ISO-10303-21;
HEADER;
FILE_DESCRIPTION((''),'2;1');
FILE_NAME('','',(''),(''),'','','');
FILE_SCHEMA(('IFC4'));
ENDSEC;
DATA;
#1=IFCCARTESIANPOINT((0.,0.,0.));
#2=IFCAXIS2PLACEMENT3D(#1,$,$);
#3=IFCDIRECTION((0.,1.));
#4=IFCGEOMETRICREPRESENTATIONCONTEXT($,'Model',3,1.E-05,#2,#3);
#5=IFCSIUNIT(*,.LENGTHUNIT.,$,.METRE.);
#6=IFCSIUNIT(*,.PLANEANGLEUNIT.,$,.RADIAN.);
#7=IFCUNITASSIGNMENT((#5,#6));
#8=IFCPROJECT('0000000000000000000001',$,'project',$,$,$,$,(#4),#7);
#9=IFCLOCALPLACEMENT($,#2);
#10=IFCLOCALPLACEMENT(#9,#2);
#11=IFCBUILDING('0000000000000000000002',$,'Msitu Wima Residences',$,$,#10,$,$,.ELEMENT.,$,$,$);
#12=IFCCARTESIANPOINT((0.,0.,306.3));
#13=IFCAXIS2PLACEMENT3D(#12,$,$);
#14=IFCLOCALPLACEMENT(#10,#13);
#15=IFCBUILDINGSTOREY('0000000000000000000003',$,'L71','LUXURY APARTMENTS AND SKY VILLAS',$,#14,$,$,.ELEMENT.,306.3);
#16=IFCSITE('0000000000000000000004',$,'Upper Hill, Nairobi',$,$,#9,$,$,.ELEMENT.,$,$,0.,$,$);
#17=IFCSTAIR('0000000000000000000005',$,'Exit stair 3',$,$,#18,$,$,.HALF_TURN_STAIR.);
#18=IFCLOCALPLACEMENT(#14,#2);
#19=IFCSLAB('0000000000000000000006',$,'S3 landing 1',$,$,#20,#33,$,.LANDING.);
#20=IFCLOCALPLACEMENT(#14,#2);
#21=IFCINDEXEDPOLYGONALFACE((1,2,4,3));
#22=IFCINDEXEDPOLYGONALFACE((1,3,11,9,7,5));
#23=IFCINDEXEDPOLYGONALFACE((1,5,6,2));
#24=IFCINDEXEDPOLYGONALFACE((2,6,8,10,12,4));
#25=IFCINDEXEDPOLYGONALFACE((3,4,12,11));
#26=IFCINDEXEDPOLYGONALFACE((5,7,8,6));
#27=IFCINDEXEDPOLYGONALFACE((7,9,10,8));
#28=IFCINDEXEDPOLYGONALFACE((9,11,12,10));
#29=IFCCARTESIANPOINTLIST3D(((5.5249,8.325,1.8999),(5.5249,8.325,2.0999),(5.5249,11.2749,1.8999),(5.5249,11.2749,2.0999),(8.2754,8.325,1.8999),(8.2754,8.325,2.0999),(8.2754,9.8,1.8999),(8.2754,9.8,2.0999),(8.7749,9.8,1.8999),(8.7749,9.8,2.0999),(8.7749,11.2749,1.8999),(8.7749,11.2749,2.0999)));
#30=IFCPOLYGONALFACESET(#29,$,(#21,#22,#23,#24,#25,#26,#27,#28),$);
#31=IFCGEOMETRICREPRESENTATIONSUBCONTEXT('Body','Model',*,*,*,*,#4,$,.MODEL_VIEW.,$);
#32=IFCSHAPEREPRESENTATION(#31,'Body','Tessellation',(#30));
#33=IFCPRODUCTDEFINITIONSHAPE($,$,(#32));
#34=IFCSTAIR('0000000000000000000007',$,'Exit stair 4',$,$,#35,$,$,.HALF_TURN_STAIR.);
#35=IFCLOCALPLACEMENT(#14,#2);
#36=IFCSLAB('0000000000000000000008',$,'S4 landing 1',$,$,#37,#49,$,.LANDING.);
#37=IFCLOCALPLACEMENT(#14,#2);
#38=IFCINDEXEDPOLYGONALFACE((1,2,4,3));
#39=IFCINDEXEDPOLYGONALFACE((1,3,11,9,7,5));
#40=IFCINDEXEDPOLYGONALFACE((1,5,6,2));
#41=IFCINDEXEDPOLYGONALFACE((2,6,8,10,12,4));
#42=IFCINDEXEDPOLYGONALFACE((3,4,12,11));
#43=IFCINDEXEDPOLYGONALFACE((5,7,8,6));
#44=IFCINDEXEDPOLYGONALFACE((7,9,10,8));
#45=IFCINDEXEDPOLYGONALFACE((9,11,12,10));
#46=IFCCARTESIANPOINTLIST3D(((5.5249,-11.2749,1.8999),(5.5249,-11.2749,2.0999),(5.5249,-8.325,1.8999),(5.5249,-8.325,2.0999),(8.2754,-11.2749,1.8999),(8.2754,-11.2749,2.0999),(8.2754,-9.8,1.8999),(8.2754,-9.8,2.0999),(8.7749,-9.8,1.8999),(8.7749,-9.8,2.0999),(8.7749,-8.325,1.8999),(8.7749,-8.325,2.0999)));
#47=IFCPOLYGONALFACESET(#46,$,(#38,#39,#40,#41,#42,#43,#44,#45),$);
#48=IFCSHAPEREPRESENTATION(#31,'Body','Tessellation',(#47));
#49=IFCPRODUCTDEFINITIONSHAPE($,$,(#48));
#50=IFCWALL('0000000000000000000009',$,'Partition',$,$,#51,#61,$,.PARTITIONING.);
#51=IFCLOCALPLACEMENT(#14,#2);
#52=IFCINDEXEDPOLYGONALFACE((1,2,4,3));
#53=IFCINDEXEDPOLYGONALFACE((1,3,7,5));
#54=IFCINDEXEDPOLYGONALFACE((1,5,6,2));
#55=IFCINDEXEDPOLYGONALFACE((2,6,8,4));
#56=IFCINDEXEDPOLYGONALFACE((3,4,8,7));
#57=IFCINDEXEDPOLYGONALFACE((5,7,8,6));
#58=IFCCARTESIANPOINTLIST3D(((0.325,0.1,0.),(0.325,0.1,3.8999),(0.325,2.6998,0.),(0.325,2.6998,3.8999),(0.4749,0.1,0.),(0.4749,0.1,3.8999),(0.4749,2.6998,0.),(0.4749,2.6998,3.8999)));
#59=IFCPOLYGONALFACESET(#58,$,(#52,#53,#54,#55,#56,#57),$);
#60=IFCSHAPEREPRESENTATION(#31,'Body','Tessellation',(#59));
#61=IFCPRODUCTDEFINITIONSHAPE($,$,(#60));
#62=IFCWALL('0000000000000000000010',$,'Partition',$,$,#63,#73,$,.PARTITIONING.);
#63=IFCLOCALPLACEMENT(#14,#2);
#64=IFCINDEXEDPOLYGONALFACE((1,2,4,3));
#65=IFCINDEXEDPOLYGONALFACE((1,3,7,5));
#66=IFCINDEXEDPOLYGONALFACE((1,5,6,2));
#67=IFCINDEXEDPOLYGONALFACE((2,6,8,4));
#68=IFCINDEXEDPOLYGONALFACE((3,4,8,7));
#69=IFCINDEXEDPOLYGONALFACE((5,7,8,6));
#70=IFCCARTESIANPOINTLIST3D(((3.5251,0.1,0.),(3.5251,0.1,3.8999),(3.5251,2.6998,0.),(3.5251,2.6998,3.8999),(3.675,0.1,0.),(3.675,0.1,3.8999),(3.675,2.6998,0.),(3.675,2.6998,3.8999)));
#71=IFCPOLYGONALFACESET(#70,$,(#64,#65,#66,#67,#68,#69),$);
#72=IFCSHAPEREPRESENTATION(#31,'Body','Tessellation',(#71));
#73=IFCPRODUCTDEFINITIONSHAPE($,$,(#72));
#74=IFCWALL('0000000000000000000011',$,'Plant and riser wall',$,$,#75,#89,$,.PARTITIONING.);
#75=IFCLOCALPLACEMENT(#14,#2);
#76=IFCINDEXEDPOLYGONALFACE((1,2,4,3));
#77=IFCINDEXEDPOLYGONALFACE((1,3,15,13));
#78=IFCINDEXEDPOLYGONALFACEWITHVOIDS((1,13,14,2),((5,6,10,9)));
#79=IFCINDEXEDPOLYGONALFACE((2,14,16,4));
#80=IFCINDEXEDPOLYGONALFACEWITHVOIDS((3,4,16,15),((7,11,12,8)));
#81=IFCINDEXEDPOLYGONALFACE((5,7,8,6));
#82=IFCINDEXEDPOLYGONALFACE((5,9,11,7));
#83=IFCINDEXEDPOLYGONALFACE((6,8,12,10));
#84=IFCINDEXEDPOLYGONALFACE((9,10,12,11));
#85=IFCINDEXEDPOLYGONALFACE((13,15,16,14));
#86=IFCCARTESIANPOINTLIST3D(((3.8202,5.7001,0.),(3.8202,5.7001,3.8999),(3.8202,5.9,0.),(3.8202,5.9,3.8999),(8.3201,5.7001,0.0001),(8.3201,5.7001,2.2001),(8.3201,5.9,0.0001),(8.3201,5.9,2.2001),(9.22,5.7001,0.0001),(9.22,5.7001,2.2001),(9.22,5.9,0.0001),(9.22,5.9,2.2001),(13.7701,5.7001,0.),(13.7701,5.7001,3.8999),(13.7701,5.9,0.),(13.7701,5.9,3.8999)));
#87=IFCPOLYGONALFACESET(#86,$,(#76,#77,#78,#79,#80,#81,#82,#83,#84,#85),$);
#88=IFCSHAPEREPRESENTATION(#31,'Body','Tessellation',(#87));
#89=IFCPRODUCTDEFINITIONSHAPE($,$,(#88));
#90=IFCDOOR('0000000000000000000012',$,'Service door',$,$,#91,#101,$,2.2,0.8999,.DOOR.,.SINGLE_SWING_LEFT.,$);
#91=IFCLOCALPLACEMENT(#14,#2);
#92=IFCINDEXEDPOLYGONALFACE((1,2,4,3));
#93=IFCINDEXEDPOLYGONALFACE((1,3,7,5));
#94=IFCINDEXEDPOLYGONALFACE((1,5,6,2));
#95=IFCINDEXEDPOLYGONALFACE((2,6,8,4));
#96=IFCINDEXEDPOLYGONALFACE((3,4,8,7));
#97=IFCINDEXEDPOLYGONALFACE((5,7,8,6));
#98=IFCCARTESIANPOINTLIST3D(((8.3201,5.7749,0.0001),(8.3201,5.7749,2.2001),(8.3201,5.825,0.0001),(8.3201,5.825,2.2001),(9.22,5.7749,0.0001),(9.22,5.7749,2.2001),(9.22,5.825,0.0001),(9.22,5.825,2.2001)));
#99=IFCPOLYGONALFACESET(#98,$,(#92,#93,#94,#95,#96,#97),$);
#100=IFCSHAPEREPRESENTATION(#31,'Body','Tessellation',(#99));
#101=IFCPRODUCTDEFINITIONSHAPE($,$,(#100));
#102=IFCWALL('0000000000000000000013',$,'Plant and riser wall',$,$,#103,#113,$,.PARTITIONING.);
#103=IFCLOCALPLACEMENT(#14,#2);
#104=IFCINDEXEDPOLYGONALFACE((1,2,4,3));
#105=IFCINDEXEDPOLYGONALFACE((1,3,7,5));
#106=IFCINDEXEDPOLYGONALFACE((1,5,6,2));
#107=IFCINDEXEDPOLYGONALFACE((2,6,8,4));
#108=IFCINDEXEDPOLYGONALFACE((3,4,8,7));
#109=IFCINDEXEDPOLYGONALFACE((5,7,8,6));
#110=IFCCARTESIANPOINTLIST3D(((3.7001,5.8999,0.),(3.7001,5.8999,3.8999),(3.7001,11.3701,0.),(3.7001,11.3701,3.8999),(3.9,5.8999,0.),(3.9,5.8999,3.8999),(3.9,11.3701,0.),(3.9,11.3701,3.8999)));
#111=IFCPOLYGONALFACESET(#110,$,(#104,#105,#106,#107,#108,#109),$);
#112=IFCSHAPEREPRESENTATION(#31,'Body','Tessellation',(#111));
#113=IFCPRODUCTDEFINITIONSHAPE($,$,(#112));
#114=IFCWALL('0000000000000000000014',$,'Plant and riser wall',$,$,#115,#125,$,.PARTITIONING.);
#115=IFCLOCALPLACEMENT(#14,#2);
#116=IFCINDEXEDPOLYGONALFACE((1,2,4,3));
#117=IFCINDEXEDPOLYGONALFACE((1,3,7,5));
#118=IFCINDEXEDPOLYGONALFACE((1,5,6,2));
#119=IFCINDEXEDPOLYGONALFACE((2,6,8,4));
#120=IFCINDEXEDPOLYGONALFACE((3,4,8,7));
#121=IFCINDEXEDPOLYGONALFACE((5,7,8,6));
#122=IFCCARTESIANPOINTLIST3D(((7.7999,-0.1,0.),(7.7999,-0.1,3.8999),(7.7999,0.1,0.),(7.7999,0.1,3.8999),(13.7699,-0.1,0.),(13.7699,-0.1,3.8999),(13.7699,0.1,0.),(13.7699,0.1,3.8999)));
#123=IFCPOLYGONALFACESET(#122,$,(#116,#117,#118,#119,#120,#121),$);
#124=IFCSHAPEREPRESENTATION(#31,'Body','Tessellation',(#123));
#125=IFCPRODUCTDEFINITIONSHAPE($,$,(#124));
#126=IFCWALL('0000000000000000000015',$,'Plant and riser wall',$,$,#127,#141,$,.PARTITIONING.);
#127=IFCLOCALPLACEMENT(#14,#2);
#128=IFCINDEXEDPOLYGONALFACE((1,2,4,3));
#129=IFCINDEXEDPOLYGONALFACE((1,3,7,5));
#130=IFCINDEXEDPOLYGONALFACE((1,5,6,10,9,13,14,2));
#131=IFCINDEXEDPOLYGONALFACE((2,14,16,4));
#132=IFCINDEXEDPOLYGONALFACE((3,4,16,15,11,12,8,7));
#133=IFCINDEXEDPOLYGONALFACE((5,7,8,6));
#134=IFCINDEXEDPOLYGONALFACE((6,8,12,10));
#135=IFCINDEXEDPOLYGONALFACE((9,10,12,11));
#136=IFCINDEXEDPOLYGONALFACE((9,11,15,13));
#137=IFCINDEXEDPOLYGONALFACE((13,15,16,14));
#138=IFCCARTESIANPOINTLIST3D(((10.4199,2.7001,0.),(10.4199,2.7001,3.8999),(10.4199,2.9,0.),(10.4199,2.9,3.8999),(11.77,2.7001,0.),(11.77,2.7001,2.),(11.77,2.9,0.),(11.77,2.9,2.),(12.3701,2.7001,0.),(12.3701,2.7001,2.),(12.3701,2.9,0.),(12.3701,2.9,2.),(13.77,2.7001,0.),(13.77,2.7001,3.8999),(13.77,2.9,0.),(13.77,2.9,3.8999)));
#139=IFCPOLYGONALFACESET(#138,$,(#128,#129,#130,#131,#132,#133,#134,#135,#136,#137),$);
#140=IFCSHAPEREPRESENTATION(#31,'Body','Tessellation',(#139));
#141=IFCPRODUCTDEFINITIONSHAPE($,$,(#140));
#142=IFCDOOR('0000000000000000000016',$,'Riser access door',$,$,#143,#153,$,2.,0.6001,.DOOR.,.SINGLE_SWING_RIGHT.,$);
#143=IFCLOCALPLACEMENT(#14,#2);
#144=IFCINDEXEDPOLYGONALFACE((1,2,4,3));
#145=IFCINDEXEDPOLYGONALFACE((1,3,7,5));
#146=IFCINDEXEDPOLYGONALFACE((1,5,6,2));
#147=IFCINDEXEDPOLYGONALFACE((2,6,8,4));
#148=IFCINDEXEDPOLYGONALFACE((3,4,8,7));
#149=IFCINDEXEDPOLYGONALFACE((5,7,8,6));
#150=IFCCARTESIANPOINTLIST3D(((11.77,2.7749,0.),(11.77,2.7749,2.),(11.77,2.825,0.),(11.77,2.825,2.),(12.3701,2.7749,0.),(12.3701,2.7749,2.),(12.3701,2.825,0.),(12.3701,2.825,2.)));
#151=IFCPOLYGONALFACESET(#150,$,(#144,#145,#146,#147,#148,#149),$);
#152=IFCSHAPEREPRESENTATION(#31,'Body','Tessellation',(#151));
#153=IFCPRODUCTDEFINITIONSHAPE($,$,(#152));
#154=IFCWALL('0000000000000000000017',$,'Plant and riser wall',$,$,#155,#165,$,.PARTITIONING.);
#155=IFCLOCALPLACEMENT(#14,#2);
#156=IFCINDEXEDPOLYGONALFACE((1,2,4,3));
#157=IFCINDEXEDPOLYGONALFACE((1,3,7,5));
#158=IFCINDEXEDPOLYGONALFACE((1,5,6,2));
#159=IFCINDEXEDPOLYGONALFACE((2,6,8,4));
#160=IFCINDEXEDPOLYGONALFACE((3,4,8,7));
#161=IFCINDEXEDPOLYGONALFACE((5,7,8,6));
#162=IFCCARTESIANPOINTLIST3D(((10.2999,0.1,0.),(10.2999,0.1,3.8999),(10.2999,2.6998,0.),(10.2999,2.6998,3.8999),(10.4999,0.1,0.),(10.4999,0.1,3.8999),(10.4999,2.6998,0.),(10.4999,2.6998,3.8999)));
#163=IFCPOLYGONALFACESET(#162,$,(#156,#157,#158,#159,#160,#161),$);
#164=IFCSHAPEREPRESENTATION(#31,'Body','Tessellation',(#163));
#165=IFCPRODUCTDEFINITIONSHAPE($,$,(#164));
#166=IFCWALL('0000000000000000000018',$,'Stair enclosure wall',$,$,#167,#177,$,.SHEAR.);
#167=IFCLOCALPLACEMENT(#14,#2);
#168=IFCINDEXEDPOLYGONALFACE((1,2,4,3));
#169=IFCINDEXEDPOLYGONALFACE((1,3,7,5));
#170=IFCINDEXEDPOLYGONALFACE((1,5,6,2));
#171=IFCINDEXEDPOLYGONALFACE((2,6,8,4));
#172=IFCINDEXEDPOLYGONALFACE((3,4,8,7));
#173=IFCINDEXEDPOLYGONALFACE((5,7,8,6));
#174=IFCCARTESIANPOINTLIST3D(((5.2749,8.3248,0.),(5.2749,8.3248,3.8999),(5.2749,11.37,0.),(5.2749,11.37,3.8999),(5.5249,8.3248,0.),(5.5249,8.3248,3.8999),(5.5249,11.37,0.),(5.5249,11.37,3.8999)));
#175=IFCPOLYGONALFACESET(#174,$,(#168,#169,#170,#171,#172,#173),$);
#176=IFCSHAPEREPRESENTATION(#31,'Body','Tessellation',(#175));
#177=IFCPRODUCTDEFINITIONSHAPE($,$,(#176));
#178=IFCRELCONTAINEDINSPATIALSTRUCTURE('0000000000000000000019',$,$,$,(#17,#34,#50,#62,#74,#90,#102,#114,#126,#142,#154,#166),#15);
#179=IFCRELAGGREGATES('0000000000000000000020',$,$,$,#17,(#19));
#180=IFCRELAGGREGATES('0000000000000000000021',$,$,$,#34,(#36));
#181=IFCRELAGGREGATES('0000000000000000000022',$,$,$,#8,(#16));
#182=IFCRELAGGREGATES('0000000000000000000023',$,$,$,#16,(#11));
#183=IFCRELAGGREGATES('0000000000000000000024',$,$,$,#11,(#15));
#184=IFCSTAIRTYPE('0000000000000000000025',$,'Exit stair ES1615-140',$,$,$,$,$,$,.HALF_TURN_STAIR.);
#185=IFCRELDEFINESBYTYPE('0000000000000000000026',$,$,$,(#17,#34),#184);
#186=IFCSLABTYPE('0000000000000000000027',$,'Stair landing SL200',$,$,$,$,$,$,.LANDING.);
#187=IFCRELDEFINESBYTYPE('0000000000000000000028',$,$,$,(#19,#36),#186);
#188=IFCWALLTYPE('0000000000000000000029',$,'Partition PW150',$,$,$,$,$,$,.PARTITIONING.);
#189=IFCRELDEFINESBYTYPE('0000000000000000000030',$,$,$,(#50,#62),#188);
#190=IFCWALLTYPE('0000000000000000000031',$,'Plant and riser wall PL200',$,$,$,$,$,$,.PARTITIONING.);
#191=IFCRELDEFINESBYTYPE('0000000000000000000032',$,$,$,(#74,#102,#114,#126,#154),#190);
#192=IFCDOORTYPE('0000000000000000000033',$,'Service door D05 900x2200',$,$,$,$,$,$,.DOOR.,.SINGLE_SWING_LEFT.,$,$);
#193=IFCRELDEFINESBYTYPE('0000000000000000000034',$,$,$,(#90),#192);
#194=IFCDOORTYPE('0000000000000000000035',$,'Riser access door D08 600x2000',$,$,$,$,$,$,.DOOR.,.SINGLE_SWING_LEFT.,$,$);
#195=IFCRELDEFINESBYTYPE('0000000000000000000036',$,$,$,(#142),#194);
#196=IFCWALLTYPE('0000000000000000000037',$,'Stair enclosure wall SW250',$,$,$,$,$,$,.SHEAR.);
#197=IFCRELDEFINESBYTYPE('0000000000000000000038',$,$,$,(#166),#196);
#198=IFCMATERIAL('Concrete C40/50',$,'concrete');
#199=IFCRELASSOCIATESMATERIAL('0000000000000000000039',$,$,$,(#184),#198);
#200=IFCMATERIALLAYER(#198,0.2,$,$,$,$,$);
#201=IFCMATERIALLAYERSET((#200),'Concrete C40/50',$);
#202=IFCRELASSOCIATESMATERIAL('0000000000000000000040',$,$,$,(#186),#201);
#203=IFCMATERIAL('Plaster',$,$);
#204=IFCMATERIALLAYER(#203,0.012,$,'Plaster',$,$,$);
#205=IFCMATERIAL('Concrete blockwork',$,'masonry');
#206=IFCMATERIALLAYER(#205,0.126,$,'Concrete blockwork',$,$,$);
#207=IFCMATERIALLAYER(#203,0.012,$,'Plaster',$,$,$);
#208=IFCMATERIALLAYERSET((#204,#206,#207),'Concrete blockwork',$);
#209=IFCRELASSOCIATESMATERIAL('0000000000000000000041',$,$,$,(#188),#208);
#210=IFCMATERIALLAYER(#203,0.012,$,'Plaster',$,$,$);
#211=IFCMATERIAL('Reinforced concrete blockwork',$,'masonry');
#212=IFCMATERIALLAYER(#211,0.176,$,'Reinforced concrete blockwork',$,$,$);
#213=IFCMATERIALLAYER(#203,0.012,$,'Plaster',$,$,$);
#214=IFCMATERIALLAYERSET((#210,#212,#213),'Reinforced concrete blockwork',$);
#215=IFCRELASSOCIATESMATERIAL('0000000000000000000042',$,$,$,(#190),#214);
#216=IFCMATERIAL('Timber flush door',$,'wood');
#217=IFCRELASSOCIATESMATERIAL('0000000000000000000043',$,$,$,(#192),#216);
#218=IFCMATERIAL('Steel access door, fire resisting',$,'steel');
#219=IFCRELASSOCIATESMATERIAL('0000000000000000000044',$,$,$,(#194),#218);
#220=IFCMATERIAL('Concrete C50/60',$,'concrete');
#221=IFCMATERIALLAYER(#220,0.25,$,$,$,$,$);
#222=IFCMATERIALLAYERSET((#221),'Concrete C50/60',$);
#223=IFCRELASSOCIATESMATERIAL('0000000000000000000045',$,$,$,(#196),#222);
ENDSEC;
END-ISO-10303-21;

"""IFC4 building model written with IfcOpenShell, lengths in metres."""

from ifc_helpers import new_model, si_unit, direction, frame, frame_2d, origin, place, context, subcontext, project, spatial, polyline, rectangle, outline, extrude, material, layer, layer_set, type_object, element, fill, aggregate, save


model = new_model("IFC4")

# Units and contexts
model_context = context("Model", 3, precision=1e-05, world=origin(), true_north=direction((0.0, 1.0)))
body_context = subcontext(model_context, "Body", "Model", "MODEL_VIEW")
ifc_project = project(units=[si_unit("LENGTHUNIT", "METRE"), si_unit("PLANEANGLEUNIT", "RADIAN")], contexts=[model_context])

# Site, building, storey
site_placement = place(None, origin())
site = spatial("IfcSite", under=ifc_project, at=site_placement, Name="Upper Hill, Nairobi", CompositionType="ELEMENT", RefElevation=0.0)
building_placement = place(site_placement, origin())
building = spatial("IfcBuilding", under=site, at=building_placement, Name="Msitu Wima Residences", CompositionType="ELEMENT")
storey_placement = place(building_placement, frame((0.0, 0.0, 306.3)))
storey = spatial("IfcBuildingStorey", under=building, at=storey_placement, Name="L71", Description="LUXURY APARTMENTS AND SKY VILLAS", CompositionType="ELEMENT", Elevation=306.3)

# Shared definitions
ifc_material_1 = material(Name="Concrete C40/50", Category="concrete")

# Stairs, slabs
stair_type = type_object("IfcStairType", Name="Exit stair ES1615-140", PredefinedType="HALF_TURN_STAIR", material=ifc_material_1)
ifc_layer_1 = layer(ifc_material_1, 0.2)
ifc_layer_set_1 = layer_set([ifc_layer_1], Name="Concrete C40/50")
slab_type_1 = type_object("IfcSlabType", Name="Stair landing SL200", PredefinedType="LANDING", material=ifc_layer_set_1)
stair_1_placement = place(storey_placement, origin())
stair_1 = element("IfcStair", 1, at=stair_1_placement, inside=storey, type_object=stair_type, Name="Exit stair 3", PredefinedType="HALF_TURN_STAIR")
slab_1_placement = place(storey_placement, frame((0.0, 0.0, 1.8999)))
slab_1 = element("IfcSlab", 2, at=slab_1_placement, type_object=slab_type_1, Name="S3 landing 1", PredefinedType="LANDING", context=body_context, shape_type="SweptSolid", body=[
    extrude(outline(polyline([(5.5249, 8.325), (8.2754, 8.325), (8.2754, 9.8), (8.7749, 9.8), (8.7749, 11.2749), (5.5249, 11.2749), (5.5249, 8.325)])), origin(), (0.0, 0.0, 1.0), 0.2),
])
aggregate(stair_1, [slab_1])
stair_2_placement = place(storey_placement, origin())
stair_2 = element("IfcStair", 3, at=stair_2_placement, inside=storey, type_object=stair_type, Name="Exit stair 4", PredefinedType="HALF_TURN_STAIR")
slab_2_placement = place(storey_placement, frame((0.0, 0.0, 1.8999)))
slab_2 = element("IfcSlab", 4, at=slab_2_placement, type_object=slab_type_1, Name="S4 landing 1", PredefinedType="LANDING", context=body_context, shape_type="SweptSolid", body=[
    extrude(outline(polyline([(5.5249, -11.2749), (8.2754, -11.2749), (8.2754, -9.8), (8.7749, -9.8), (8.7749, -8.325), (5.5249, -8.325), (5.5249, -11.2749)])), origin(), (0.0, 0.0, 1.0), 0.2),
])
aggregate(stair_2, [slab_2])

# Walls
ifc_material_2 = material(Name="Plaster")
ifc_layer_2 = layer(ifc_material_2, 0.012, Name="Plaster")
ifc_material_3 = material(Name="Concrete blockwork", Category="masonry")
ifc_layer_3 = layer(ifc_material_3, 0.126, Name="Concrete blockwork")
ifc_layer_4 = layer(ifc_material_2, 0.012, Name="Plaster")
ifc_layer_set_2 = layer_set([ifc_layer_2, ifc_layer_3, ifc_layer_4], Name="Concrete blockwork")
wall_type_1 = type_object("IfcWallType", Name="Partition PW150", PredefinedType="PARTITIONING", material=ifc_layer_set_2)
for number, where, z_axis, x_axis, name in (
    (5, (0.3999, 0.1001, 0.0), (0.0, 0.0, 1.0), (0.0, 1.0, 0.0), "Partition"),
    (6, (3.6001, 0.1001, 0.0), (0.0, 0.0, 1.0), (0.0, 1.0, 0.0), "Partition"),
):
    element("IfcWall", number, at=place(storey_placement, frame(where, z_axis=z_axis, x_axis=x_axis)), inside=storey, type_object=wall_type_1, Name=name, PredefinedType="PARTITIONING", context=body_context, shape_type="SweptSolid", body=[
        extrude(rectangle(XDim=2.5999, YDim=0.1499, at=frame_2d((1.2998, 0.0))), origin(), (0.0, 0.0, 1.0), 3.8999),
    ])

# Wall, opening, door
ifc_layer_5 = layer(ifc_material_2, 0.012, Name="Plaster")
ifc_material_4 = material(Name="Reinforced concrete blockwork", Category="masonry")
ifc_layer_6 = layer(ifc_material_4, 0.176, Name="Reinforced concrete blockwork")
ifc_layer_7 = layer(ifc_material_2, 0.012, Name="Plaster")
ifc_layer_set_3 = layer_set([ifc_layer_5, ifc_layer_6, ifc_layer_7], Name="Reinforced concrete blockwork")
wall_type_2 = type_object("IfcWallType", Name="Plant and riser wall PL200", PredefinedType="PARTITIONING", material=ifc_layer_set_3)
wall_1_placement = place(storey_placement, frame((3.8201, 5.8, 0.0), z_axis=(0.0, 0.0, 1.0), x_axis=(1.0, 0.0, 0.0)))
wall_1 = element("IfcWall", 7, at=wall_1_placement, inside=storey, type_object=wall_type_2, Name="Plant and riser wall", PredefinedType="PARTITIONING", context=body_context, shape_type="SweptSolid", body=[
    extrude(rectangle(XDim=9.95, YDim=0.2, at=frame_2d((4.9751, 0.0))), origin(), (0.0, 0.0, 1.0), 3.8999),
])
opening_1_placement = place(wall_1_placement, frame((4.5, 0.0, 0.0)))
opening_1 = element("IfcOpeningElement", 8, at=opening_1_placement, cuts=wall_1, PredefinedType="OPENING", context=body_context, shape_type="SweptSolid", body=[
    extrude(rectangle(XDim=0.8999, YDim=2.2, at=frame_2d((0.45, 1.1001))), frame((0.0, 0.1099, 0.0), z_axis=(0.0, -1.0, 0.0), x_axis=(1.0, 0.0, 0.0)), (0.0, 0.0, 1.0), 0.22),
])
ifc_material_5 = material(Name="Timber flush door", Category="wood")
door_type_1 = type_object("IfcDoorType", Name="Service door D05 900x2200", OperationType="SINGLE_SWING_LEFT", PredefinedType="DOOR", material=ifc_material_5)
door_1_placement = place(opening_1_placement, origin())
door_1 = element("IfcDoor", 9, at=door_1_placement, inside=storey, type_object=door_type_1, Name="Service door", OperationType="SINGLE_SWING_LEFT", OverallHeight=2.2, OverallWidth=0.8999, PredefinedType="DOOR", context=body_context, shape_type="SweptSolid", body=[
    extrude(rectangle(XDim=0.8999, YDim=2.2, at=frame_2d((0.45, 1.1001))), frame((0.0, 0.0249, 0.0), z_axis=(0.0, -1.0, 0.0), x_axis=(1.0, 0.0, 0.0)), (0.0, 0.0, 1.0), 0.05),
])
fill(opening_1, door_1)

# Walls
wall_2_placement = place(storey_placement, frame((3.8, 5.8999, 0.0), z_axis=(0.0, 0.0, 1.0), x_axis=(0.0, 1.0, 0.0)))
element("IfcWall", 10, at=wall_2_placement, inside=storey, type_object=wall_type_2, Name="Plant and riser wall", PredefinedType="PARTITIONING", context=body_context, shape_type="SweptSolid", body=[
    extrude(rectangle(XDim=5.4702, YDim=0.2, at=frame_2d((2.7351, 0.0))), origin(), (0.0, 0.0, 1.0), 3.8999),
])
wall_3_placement = place(storey_placement, frame((7.8, 0.0, 0.0), z_axis=(0.0, 0.0, 1.0), x_axis=(1.0, 0.0, 0.0)))
element("IfcWall", 11, at=wall_3_placement, inside=storey, type_object=wall_type_2, Name="Plant and riser wall", PredefinedType="PARTITIONING", context=body_context, shape_type="SweptSolid", body=[
    extrude(rectangle(XDim=5.97, YDim=0.2, at=frame_2d((2.9849, 0.0))), origin(), (0.0, 0.0, 1.0), 3.8999),
])

# Wall, opening, door
wall_4_placement = place(storey_placement, frame((10.4199, 2.8, 0.0), z_axis=(0.0, 0.0, 1.0), x_axis=(1.0, 0.0, 0.0)))
wall_4 = element("IfcWall", 12, at=wall_4_placement, inside=storey, type_object=wall_type_2, Name="Plant and riser wall", PredefinedType="PARTITIONING", context=body_context, shape_type="SweptSolid", body=[
    extrude(rectangle(XDim=3.3501, YDim=0.2, at=frame_2d((1.675, 0.0))), origin(), (0.0, 0.0, 1.0), 3.8999),
])
opening_2_placement = place(wall_4_placement, frame((1.3501, 0.0, 0.0)))
opening_2 = element("IfcOpeningElement", 13, at=opening_2_placement, cuts=wall_4, PredefinedType="OPENING", context=body_context, shape_type="SweptSolid", body=[
    extrude(rectangle(XDim=0.6001, YDim=2.0, at=frame_2d((0.3, 1.0))), frame((0.0, 0.1099, 0.0), z_axis=(0.0, -1.0, 0.0), x_axis=(1.0, 0.0, 0.0)), (0.0, 0.0, 1.0), 0.22),
])
ifc_material_6 = material(Name="Steel access door, fire resisting", Category="steel")
door_type_2 = type_object("IfcDoorType", Name="Riser access door D08 600x2000", OperationType="SINGLE_SWING_LEFT", PredefinedType="DOOR", material=ifc_material_6)
door_2_placement = place(opening_2_placement, origin())
door_2 = element("IfcDoor", 14, at=door_2_placement, inside=storey, type_object=door_type_2, Name="Riser access door", OperationType="SINGLE_SWING_RIGHT", OverallHeight=2.0, OverallWidth=0.6001, PredefinedType="DOOR", context=body_context, shape_type="SweptSolid", body=[
    extrude(rectangle(XDim=0.6001, YDim=2.0, at=frame_2d((0.3, 1.0))), frame((0.0, 0.0249, 0.0), z_axis=(0.0, -1.0, 0.0), x_axis=(1.0, 0.0, 0.0)), (0.0, 0.0, 1.0), 0.05),
])
fill(opening_2, door_2)

# Walls
wall_5_placement = place(storey_placement, frame((10.3999, 0.1001, 0.0), z_axis=(0.0, 0.0, 1.0), x_axis=(0.0, 1.0, 0.0)))
element("IfcWall", 15, at=wall_5_placement, inside=storey, type_object=wall_type_2, Name="Plant and riser wall", PredefinedType="PARTITIONING", context=body_context, shape_type="SweptSolid", body=[
    extrude(rectangle(XDim=2.5999, YDim=0.2, at=frame_2d((1.2998, 0.0))), origin(), (0.0, 0.0, 1.0), 3.8999),
])
ifc_material_7 = material(Name="Concrete C50/60", Category="concrete")
ifc_layer_8 = layer(ifc_material_7, 0.25)
ifc_layer_set_4 = layer_set([ifc_layer_8], Name="Concrete C50/60")
wall_type_3 = type_object("IfcWallType", Name="Stair enclosure wall SW250", PredefinedType="SHEAR", material=ifc_layer_set_4)
wall_6_placement = place(storey_placement, frame((5.3999, 8.325, 0.0), z_axis=(0.0, 0.0, 1.0), x_axis=(0.0, 1.0, 0.0)))
element("IfcWall", 16, at=wall_6_placement, inside=storey, type_object=wall_type_3, Name="Stair enclosure wall", PredefinedType="SHEAR", context=body_context, shape_type="SweptSolid", body=[
    extrude(rectangle(XDim=3.0452, YDim=0.25, at=frame_2d((1.5225, 0.0))), origin(), (0.0, 0.0, 1.0), 3.8999),
])

save(model, "model.ifc")
